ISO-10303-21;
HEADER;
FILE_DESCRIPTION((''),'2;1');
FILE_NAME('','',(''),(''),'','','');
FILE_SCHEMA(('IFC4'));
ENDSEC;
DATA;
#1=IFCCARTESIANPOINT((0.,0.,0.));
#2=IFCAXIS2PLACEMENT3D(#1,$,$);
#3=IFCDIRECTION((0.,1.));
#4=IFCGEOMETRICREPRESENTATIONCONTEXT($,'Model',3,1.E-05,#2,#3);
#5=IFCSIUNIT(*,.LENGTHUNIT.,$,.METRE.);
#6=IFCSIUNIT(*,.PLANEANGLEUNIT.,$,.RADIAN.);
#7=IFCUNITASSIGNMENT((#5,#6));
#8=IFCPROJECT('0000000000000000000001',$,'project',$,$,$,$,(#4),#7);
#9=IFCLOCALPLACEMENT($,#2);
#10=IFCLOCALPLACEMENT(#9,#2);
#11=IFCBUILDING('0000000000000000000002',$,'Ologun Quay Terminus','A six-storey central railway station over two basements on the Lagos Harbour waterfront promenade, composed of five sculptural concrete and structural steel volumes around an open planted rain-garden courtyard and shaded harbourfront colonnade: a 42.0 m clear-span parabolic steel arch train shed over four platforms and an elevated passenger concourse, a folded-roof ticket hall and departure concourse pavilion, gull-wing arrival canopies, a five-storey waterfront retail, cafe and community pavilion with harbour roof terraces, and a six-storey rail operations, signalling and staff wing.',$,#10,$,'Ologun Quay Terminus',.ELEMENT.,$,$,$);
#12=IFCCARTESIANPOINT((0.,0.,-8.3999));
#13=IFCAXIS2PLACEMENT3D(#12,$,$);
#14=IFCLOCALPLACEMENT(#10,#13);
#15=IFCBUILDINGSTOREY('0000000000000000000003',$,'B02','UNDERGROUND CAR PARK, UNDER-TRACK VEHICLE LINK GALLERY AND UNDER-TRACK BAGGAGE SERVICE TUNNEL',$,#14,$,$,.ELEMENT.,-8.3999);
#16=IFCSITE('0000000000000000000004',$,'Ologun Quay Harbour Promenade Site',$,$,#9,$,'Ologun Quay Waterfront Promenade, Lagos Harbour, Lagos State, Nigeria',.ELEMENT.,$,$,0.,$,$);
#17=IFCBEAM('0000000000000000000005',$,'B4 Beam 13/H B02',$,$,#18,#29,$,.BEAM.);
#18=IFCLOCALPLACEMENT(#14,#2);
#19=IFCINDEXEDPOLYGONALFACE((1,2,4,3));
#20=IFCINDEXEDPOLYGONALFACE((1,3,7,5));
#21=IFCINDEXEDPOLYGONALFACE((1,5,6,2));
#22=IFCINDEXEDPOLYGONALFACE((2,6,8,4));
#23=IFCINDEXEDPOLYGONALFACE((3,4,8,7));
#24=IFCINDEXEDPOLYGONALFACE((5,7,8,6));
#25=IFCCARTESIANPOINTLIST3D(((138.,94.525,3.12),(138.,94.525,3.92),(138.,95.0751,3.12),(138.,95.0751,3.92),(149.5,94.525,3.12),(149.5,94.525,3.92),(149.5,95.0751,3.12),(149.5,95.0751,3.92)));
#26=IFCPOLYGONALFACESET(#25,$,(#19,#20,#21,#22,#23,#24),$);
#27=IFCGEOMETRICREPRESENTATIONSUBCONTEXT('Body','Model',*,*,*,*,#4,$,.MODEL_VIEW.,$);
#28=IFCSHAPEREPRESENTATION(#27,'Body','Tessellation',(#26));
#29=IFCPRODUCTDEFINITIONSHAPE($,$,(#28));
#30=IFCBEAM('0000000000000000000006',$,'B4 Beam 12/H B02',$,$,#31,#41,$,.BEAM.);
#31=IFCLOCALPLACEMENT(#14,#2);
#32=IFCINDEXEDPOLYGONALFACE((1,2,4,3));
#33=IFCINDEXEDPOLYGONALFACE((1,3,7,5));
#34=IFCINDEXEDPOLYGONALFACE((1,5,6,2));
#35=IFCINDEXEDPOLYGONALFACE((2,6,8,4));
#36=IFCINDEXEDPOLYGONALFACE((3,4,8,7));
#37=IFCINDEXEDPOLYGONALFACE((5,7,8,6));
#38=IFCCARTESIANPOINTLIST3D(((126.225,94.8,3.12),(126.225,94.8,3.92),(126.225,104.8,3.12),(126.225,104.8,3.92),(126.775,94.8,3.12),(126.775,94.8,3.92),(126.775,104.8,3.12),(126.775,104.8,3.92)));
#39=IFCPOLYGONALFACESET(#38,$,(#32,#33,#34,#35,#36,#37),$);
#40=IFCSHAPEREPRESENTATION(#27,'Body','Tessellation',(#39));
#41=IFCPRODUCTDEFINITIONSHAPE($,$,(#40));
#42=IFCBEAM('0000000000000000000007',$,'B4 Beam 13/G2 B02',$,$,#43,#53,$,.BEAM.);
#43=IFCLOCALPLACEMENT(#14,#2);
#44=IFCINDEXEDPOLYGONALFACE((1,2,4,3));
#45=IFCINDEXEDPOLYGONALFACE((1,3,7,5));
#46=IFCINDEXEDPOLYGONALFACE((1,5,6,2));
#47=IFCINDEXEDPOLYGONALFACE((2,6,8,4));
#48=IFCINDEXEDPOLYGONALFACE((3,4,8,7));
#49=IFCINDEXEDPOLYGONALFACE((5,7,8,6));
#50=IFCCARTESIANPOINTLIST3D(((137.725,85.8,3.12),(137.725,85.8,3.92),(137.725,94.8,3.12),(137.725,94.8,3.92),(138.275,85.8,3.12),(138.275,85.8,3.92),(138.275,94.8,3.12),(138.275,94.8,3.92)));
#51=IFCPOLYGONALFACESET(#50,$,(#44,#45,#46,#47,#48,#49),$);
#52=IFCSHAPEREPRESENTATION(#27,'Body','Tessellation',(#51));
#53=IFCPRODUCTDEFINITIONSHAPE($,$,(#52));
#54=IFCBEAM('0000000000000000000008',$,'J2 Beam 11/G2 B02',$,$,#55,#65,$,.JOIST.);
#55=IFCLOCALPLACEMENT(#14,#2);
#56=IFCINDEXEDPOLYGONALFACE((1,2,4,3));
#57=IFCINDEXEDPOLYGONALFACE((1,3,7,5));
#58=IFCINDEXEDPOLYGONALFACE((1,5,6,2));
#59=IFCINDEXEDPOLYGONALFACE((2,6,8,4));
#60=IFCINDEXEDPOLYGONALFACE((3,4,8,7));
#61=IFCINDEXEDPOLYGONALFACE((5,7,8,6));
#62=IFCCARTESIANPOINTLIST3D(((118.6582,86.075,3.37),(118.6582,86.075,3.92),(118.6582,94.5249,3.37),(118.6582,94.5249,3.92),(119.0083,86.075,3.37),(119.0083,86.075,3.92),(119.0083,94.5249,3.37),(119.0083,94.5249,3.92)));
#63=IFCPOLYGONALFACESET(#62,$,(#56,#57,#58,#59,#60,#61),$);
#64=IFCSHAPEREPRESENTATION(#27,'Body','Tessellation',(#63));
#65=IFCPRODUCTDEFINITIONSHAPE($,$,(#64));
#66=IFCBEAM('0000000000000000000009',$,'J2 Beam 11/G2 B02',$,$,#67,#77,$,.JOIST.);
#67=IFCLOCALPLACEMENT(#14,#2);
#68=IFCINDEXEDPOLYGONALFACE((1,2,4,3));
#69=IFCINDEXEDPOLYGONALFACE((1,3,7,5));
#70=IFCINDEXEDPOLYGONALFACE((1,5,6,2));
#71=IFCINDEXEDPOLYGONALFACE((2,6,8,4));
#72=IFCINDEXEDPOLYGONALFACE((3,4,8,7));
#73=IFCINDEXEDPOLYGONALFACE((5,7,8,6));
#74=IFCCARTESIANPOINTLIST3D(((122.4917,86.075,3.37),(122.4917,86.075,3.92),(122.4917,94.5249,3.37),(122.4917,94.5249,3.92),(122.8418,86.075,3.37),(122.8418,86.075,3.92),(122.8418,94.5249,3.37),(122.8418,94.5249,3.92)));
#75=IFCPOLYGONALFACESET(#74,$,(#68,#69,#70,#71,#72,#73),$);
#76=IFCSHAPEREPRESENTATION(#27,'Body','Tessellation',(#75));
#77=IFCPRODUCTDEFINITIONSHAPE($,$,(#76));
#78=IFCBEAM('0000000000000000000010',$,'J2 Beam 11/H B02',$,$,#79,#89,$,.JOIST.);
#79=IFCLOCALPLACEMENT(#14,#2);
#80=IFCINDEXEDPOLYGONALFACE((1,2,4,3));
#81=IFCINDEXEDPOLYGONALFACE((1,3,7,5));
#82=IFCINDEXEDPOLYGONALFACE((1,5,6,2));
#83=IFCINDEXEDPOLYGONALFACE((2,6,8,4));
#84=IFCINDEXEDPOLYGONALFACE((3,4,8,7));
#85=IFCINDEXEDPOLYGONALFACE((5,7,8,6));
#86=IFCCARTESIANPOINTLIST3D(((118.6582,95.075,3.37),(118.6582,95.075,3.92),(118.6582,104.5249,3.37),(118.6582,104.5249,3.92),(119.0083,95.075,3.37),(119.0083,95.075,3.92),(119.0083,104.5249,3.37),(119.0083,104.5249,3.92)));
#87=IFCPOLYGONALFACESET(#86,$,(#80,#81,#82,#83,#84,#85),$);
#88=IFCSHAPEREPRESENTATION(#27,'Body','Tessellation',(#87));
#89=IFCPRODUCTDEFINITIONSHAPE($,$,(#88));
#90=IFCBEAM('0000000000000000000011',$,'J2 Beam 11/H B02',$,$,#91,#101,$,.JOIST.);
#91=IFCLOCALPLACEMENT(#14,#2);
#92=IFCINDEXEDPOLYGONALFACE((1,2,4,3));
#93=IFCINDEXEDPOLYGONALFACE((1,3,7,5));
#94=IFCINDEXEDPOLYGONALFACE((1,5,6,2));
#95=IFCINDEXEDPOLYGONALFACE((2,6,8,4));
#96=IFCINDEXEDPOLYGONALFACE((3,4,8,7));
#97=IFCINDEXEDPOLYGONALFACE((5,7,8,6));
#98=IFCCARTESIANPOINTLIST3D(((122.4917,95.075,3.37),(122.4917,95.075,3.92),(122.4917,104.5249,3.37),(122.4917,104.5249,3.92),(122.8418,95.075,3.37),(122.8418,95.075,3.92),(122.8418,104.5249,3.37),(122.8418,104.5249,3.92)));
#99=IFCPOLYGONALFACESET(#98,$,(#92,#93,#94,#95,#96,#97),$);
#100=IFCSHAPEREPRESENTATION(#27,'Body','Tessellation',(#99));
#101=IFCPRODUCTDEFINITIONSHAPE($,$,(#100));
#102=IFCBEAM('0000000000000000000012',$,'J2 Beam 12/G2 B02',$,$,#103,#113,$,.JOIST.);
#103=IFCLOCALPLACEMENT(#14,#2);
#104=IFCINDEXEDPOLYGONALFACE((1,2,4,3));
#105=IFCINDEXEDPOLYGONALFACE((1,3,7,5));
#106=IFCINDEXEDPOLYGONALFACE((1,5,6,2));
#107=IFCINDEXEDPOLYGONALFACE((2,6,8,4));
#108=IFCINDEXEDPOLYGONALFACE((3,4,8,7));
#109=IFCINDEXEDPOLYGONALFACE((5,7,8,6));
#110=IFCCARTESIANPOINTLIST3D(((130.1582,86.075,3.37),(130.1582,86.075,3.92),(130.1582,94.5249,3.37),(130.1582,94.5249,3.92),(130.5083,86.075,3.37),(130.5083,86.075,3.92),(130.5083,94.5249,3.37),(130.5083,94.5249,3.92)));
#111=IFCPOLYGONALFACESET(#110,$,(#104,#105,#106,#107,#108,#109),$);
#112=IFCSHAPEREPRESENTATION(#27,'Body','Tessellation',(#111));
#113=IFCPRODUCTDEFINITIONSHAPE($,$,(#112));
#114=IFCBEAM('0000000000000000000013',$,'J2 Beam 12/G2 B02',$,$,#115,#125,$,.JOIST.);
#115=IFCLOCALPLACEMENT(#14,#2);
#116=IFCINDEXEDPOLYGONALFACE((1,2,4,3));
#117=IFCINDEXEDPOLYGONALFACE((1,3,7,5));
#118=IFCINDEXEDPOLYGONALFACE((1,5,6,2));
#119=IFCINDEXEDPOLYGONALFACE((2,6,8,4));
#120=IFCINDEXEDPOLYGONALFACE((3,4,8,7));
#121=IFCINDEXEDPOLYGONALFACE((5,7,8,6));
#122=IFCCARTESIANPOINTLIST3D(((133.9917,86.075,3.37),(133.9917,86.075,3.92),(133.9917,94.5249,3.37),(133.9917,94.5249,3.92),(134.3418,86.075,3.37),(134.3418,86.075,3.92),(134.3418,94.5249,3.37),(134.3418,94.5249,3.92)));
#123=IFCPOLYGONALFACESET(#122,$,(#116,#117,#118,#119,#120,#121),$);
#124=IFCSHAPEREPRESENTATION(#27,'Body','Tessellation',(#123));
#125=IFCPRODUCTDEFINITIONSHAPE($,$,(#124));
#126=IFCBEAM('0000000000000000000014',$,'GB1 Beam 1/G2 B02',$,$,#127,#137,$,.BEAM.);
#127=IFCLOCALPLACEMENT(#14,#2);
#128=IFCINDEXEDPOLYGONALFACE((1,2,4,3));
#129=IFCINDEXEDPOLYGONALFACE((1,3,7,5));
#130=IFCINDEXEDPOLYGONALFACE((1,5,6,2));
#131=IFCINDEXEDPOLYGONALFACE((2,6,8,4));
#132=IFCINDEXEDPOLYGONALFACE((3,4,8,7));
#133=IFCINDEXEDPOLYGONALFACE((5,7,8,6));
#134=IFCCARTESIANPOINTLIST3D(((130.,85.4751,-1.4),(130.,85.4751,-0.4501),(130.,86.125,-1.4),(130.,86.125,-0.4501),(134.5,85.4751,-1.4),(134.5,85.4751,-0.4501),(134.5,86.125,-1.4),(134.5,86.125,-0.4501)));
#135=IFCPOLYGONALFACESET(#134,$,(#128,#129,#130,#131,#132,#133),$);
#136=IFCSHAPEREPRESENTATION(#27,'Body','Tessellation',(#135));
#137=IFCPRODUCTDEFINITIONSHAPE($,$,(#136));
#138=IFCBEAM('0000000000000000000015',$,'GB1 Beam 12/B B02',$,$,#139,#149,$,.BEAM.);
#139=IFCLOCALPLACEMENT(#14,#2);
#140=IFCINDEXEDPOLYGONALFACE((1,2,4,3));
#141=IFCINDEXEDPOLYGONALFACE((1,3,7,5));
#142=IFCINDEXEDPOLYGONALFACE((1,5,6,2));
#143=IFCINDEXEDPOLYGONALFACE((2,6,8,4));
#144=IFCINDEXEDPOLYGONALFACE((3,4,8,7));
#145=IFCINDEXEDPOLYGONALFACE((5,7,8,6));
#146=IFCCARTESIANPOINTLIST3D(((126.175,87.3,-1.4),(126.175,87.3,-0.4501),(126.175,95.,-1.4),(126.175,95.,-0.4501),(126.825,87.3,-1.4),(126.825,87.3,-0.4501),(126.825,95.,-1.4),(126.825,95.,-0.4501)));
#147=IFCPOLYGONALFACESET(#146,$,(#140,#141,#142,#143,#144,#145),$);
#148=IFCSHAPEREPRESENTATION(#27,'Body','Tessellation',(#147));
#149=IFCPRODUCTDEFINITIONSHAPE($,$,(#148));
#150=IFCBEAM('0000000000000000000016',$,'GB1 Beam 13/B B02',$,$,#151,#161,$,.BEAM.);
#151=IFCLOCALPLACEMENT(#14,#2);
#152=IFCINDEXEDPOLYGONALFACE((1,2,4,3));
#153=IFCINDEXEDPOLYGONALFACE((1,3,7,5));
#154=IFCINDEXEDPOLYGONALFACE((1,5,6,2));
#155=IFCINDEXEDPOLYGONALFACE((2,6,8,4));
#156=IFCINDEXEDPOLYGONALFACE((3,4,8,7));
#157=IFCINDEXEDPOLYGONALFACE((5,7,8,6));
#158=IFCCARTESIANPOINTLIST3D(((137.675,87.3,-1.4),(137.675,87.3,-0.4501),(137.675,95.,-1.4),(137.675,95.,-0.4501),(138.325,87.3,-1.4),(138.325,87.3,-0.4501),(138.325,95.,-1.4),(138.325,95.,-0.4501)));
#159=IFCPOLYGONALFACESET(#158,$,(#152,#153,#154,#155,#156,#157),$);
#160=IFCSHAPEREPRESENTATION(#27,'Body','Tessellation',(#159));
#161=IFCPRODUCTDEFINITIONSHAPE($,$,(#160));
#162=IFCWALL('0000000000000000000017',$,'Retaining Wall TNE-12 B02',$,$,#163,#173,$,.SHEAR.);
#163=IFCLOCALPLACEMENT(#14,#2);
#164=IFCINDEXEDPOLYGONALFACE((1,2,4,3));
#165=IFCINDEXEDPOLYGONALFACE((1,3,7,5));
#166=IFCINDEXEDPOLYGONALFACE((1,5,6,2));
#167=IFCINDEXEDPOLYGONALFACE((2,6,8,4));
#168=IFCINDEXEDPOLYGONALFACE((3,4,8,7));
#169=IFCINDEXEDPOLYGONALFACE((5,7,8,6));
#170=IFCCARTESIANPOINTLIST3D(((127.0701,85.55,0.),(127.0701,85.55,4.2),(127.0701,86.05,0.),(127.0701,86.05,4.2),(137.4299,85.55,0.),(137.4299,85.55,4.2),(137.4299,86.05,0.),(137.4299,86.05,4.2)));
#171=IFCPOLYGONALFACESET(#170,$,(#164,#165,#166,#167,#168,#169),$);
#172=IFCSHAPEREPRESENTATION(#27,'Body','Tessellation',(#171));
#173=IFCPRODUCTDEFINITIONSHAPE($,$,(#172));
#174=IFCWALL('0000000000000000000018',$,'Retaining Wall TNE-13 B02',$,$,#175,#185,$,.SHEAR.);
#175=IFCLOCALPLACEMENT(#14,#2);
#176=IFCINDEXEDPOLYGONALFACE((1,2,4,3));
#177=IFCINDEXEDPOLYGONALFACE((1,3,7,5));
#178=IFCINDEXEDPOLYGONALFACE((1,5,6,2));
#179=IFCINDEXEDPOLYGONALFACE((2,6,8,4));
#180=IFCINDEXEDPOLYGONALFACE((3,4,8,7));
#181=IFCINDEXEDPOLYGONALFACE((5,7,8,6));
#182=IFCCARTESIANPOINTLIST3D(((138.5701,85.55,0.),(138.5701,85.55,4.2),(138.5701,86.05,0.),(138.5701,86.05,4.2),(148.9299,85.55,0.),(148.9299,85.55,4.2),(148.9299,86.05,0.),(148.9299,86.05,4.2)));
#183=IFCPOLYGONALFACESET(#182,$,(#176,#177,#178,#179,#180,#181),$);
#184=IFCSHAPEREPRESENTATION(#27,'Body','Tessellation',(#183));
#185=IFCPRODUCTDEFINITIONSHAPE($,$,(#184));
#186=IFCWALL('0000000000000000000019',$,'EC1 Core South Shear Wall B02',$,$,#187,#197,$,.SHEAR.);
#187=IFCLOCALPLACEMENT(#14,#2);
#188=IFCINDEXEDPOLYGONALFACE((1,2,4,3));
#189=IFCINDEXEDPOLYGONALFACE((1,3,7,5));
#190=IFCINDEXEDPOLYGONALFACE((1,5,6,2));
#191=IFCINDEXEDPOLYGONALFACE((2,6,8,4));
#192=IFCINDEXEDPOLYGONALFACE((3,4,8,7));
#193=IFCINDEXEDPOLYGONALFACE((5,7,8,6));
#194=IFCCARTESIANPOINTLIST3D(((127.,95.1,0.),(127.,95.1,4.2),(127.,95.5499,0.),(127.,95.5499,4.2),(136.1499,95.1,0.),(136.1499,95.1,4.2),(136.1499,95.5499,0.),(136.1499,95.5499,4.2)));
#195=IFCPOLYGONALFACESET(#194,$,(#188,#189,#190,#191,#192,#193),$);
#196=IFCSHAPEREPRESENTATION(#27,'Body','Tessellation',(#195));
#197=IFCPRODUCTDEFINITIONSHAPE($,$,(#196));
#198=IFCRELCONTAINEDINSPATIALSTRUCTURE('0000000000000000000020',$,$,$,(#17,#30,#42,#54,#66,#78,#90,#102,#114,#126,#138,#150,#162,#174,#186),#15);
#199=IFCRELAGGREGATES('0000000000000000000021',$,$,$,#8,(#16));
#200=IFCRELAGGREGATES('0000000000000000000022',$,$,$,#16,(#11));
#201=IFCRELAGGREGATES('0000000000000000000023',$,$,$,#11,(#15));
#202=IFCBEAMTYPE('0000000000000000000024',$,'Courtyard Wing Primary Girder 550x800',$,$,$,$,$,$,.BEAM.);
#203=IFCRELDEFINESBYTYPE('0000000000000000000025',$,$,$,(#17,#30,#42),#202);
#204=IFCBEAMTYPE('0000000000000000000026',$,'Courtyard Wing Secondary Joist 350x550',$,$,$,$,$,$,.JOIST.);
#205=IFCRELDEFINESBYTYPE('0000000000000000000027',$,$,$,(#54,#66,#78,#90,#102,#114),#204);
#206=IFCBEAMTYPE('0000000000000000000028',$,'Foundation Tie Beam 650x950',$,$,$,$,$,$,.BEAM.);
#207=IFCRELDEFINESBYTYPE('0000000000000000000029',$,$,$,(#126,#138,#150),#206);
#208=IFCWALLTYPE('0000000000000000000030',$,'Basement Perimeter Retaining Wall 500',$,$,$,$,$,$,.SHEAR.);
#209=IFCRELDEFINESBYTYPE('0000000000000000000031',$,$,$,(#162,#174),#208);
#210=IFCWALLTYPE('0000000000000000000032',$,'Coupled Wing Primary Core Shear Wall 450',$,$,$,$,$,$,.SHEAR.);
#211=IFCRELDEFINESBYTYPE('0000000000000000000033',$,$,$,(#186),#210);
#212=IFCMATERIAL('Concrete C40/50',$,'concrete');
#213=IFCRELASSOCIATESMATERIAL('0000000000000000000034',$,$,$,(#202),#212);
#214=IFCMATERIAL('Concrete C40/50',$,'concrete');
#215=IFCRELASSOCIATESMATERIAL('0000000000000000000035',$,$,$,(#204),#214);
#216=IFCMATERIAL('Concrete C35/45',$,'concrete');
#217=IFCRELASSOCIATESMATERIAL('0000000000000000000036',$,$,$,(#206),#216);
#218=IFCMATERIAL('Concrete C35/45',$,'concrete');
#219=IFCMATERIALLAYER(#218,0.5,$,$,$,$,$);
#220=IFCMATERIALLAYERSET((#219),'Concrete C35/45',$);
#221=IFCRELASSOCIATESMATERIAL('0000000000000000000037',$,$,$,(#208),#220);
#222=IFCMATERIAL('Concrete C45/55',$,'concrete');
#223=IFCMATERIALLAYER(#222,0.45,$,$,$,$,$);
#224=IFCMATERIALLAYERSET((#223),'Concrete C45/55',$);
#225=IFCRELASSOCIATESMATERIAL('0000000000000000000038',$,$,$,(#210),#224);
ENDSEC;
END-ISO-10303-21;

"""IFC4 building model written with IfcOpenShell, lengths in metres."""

from ifc_helpers import new_model, si_unit, direction, frame, frame_2d, origin, origin_2d, place, context, subcontext, project, spatial, rectangle, extrude, material, layer, layer_set, material_profile, profile_set, type_object, element, save


model = new_model("IFC4")

# Units and contexts
model_context = context("Model", 3, precision=1e-05, world=origin(), true_north=direction((0.0, 1.0)))
body_context = subcontext(model_context, "Body", "Model", "MODEL_VIEW")
ifc_project = project(units=[si_unit("LENGTHUNIT", "METRE"), si_unit("PLANEANGLEUNIT", "RADIAN")], contexts=[model_context])

# Site, building, storey
site_placement = place(None, origin())
site = spatial("IfcSite", under=ifc_project, at=site_placement, Name="Ologun Quay Harbour Promenade Site", LongName="Ologun Quay Waterfront Promenade, Lagos Harbour, Lagos State, Nigeria", CompositionType="ELEMENT", RefElevation=0.0)
building_placement = place(site_placement, origin())
building = spatial("IfcBuilding", under=site, at=building_placement, Name="Ologun Quay Terminus", Description="A six-storey central railway station over two basements on the Lagos Harbour waterfront promenade, composed of five sculptural concrete and structural steel volumes around an open planted rain-garden courtyard and shaded harbourfront colonnade: a 42.0 m clear-span parabolic steel arch train shed over four platforms and an elevated passenger concourse, a folded-roof ticket hall and departure concourse pavilion, gull-wing arrival canopies, a five-storey waterfront retail, cafe and community pavilion with harbour roof terraces, and a six-storey rail operations, signalling and staff wing.", LongName="Ologun Quay Terminus", CompositionType="ELEMENT")
storey_placement = place(building_placement, frame((0.0, 0.0, -8.3999)))
storey = spatial("IfcBuildingStorey", under=building, at=storey_placement, Name="B02", Description="UNDERGROUND CAR PARK, UNDER-TRACK VEHICLE LINK GALLERY AND UNDER-TRACK BAGGAGE SERVICE TUNNEL", CompositionType="ELEMENT", Elevation=-8.3999)

# Beams
ifc_material_1 = material(Name="Concrete C40/50", Category="concrete")
ifc_material_profile_1 = material_profile(ifc_material_1, rectangle(XDim=0.55, YDim=0.8, at=origin_2d()), Name="RC 550x800")
ifc_profile_set_1 = profile_set([ifc_material_profile_1], Name="Concrete C40/50")
beam_type_1 = type_object("IfcBeamType", Name="Courtyard Wing Primary Girder 550x800", PredefinedType="BEAM", material=ifc_profile_set_1)
for number, where, z_axis, x_axis, name in (
    (1, (138.0, 94.8, 3.52), (1.0, 0.0, 0.0), (0.0, 1.0, 0.0), "B4 Beam 13/H B02"),
):
    element("IfcBeam", number, at=place(storey_placement, frame(where, z_axis=z_axis, x_axis=x_axis)), inside=storey, type_object=beam_type_1, Name=name, PredefinedType="BEAM", context=body_context, shape_type="SweptSolid", body=[
        extrude(rectangle(XDim=0.55, YDim=0.8, at=origin_2d()), origin(), (0.0, 0.0, 1.0), 11.5),
    ])
beam_1_placement = place(storey_placement, frame((126.5, 94.8, 3.52), z_axis=(0.0, 1.0, 0.0), x_axis=(-1.0, 0.0, 0.0)))
element("IfcBeam", 2, at=beam_1_placement, inside=storey, type_object=beam_type_1, Name="B4 Beam 12/H B02", PredefinedType="BEAM", context=body_context, shape_type="SweptSolid", body=[
    extrude(rectangle(XDim=0.55, YDim=0.8, at=origin_2d()), origin(), (0.0, 0.0, 1.0), 10.0),
])
beam_2_placement = place(storey_placement, frame((138.0, 85.8, 3.52), z_axis=(0.0, 1.0, 0.0), x_axis=(-1.0, 0.0, 0.0)))
element("IfcBeam", 3, at=beam_2_placement, inside=storey, type_object=beam_type_1, Name="B4 Beam 13/G2 B02", PredefinedType="BEAM", context=body_context, shape_type="SweptSolid", body=[
    extrude(rectangle(XDim=0.55, YDim=0.8, at=origin_2d()), origin(), (0.0, 0.0, 1.0), 9.0),
])
ifc_material_2 = material(Name="Concrete C40/50", Category="concrete")
ifc_material_profile_2 = material_profile(ifc_material_2, rectangle(XDim=0.3501, YDim=0.55, at=origin_2d()), Name="RC 350x550")
ifc_profile_set_2 = profile_set([ifc_material_profile_2], Name="Concrete C40/50")
beam_type_2 = type_object("IfcBeamType", Name="Courtyard Wing Secondary Joist 350x550", PredefinedType="JOIST", material=ifc_profile_set_2)
for number, where, z_axis, x_axis, name in (
    (4, (118.8333, 86.075, 3.645), (0.0, 1.0, 0.0), (-1.0, 0.0, 0.0), "J2 Beam 11/G2 B02"),
    (5, (122.6667, 86.075, 3.645), (0.0, 1.0, 0.0), (-1.0, 0.0, 0.0), "J2 Beam 11/G2 B02"),
):
    element("IfcBeam", number, at=place(storey_placement, frame(where, z_axis=z_axis, x_axis=x_axis)), inside=storey, type_object=beam_type_2, Name=name, PredefinedType="JOIST", context=body_context, shape_type="SweptSolid", body=[
        extrude(rectangle(XDim=0.3501, YDim=0.55, at=origin_2d()), origin(), (0.0, 0.0, 1.0), 8.45),
    ])
for number, where, z_axis, x_axis, name in (
    (6, (118.8333, 95.075, 3.645), (0.0, 1.0, 0.0), (-1.0, 0.0, 0.0), "J2 Beam 11/H B02"),
    (7, (122.6667, 95.075, 3.645), (0.0, 1.0, 0.0), (-1.0, 0.0, 0.0), "J2 Beam 11/H B02"),
):
    element("IfcBeam", number, at=place(storey_placement, frame(where, z_axis=z_axis, x_axis=x_axis)), inside=storey, type_object=beam_type_2, Name=name, PredefinedType="JOIST", context=body_context, shape_type="SweptSolid", body=[
        extrude(rectangle(XDim=0.3501, YDim=0.55, at=origin_2d()), origin(), (0.0, 0.0, 1.0), 9.45),
    ])
for number, where, z_axis, x_axis, name in (
    (8, (130.3333, 86.075, 3.645), (0.0, 1.0, 0.0), (-1.0, 0.0, 0.0), "J2 Beam 12/G2 B02"),
    (9, (134.1667, 86.075, 3.645), (0.0, 1.0, 0.0), (-1.0, 0.0, 0.0), "J2 Beam 12/G2 B02"),
):
    element("IfcBeam", number, at=place(storey_placement, frame(where, z_axis=z_axis, x_axis=x_axis)), inside=storey, type_object=beam_type_2, Name=name, PredefinedType="JOIST", context=body_context, shape_type="SweptSolid", body=[
        extrude(rectangle(XDim=0.3501, YDim=0.55, at=origin_2d()), origin(), (0.0, 0.0, 1.0), 8.45),
    ])
ifc_material_3 = material(Name="Concrete C35/45", Category="concrete")
ifc_material_profile_3 = material_profile(ifc_material_3, rectangle(XDim=0.6499, YDim=0.95, at=origin_2d()), Name="RC 650x950")
ifc_profile_set_3 = profile_set([ifc_material_profile_3], Name="Concrete C35/45")
beam_type_3 = type_object("IfcBeamType", Name="Foundation Tie Beam 650x950", PredefinedType="BEAM", material=ifc_profile_set_3)
beam_3_placement = place(storey_placement, frame((130.0, 85.8, -0.925), z_axis=(1.0, 0.0, 0.0), x_axis=(0.0, 1.0, 0.0)))
element("IfcBeam", 10, at=beam_3_placement, inside=storey, type_object=beam_type_3, Name="GB1 Beam 1/G2 B02", PredefinedType="BEAM", context=body_context, shape_type="SweptSolid", body=[
    extrude(rectangle(XDim=0.6499, YDim=0.95, at=origin_2d()), origin(), (0.0, 0.0, 1.0), 4.5),
])
for number, where, z_axis, x_axis, name in (
    (11, (126.5, 87.3, -0.925), (0.0, 1.0, 0.0), (-1.0, 0.0, 0.0), "GB1 Beam 12/B B02"),
    (12, (138.0, 87.3, -0.925), (0.0, 1.0, 0.0), (-1.0, 0.0, 0.0), "GB1 Beam 13/B B02"),
):
    element("IfcBeam", number, at=place(storey_placement, frame(where, z_axis=z_axis, x_axis=x_axis)), inside=storey, type_object=beam_type_3, Name=name, PredefinedType="BEAM", context=body_context, shape_type="SweptSolid", body=[
        extrude(rectangle(XDim=0.6499, YDim=0.95, at=origin_2d()), origin(), (0.0, 0.0, 1.0), 7.7),
    ])

# Walls
ifc_material_4 = material(Name="Concrete C35/45", Category="concrete")
ifc_layer_1 = layer(ifc_material_4, 0.5)
ifc_layer_set_1 = layer_set([ifc_layer_1], Name="Concrete C35/45")
wall_type_1 = type_object("IfcWallType", Name="Basement Perimeter Retaining Wall 500", PredefinedType="SHEAR", material=ifc_layer_set_1)
for number, where, z_axis, x_axis, name in (
    (13, (127.0701, 85.8, 0.0), (0.0, 0.0, 1.0), (1.0, 0.0, 0.0), "Retaining Wall TNE-12 B02"),
    (14, (138.5701, 85.8, 0.0), (0.0, 0.0, 1.0), (1.0, 0.0, 0.0), "Retaining Wall TNE-13 B02"),
):
    element("IfcWall", number, at=place(storey_placement, frame(where, z_axis=z_axis, x_axis=x_axis)), inside=storey, type_object=wall_type_1, Name=name, PredefinedType="SHEAR", context=body_context, shape_type="SweptSolid", body=[
        extrude(rectangle(XDim=10.3599, YDim=0.5, at=frame_2d((5.1799, 0.0))), origin(), (0.0, 0.0, 1.0), 4.2),
    ])
ifc_material_5 = material(Name="Concrete C45/55", Category="concrete")
ifc_layer_2 = layer(ifc_material_5, 0.45)
ifc_layer_set_2 = layer_set([ifc_layer_2], Name="Concrete C45/55")
wall_type_2 = type_object("IfcWallType", Name="Coupled Wing Primary Core Shear Wall 450", PredefinedType="SHEAR", material=ifc_layer_set_2)
wall_1_placement = place(storey_placement, frame((127.0, 95.325, 0.0), z_axis=(0.0, 0.0, 1.0), x_axis=(1.0, 0.0, 0.0)))
element("IfcWall", 15, at=wall_1_placement, inside=storey, type_object=wall_type_2, Name="EC1 Core South Shear Wall B02", PredefinedType="SHEAR", context=body_context, shape_type="SweptSolid", body=[
    extrude(rectangle(XDim=9.1499, YDim=0.45, at=frame_2d((4.575, 0.0))), origin(), (0.0, 0.0, 1.0), 4.2),
])

save(model, "model.ifc")
